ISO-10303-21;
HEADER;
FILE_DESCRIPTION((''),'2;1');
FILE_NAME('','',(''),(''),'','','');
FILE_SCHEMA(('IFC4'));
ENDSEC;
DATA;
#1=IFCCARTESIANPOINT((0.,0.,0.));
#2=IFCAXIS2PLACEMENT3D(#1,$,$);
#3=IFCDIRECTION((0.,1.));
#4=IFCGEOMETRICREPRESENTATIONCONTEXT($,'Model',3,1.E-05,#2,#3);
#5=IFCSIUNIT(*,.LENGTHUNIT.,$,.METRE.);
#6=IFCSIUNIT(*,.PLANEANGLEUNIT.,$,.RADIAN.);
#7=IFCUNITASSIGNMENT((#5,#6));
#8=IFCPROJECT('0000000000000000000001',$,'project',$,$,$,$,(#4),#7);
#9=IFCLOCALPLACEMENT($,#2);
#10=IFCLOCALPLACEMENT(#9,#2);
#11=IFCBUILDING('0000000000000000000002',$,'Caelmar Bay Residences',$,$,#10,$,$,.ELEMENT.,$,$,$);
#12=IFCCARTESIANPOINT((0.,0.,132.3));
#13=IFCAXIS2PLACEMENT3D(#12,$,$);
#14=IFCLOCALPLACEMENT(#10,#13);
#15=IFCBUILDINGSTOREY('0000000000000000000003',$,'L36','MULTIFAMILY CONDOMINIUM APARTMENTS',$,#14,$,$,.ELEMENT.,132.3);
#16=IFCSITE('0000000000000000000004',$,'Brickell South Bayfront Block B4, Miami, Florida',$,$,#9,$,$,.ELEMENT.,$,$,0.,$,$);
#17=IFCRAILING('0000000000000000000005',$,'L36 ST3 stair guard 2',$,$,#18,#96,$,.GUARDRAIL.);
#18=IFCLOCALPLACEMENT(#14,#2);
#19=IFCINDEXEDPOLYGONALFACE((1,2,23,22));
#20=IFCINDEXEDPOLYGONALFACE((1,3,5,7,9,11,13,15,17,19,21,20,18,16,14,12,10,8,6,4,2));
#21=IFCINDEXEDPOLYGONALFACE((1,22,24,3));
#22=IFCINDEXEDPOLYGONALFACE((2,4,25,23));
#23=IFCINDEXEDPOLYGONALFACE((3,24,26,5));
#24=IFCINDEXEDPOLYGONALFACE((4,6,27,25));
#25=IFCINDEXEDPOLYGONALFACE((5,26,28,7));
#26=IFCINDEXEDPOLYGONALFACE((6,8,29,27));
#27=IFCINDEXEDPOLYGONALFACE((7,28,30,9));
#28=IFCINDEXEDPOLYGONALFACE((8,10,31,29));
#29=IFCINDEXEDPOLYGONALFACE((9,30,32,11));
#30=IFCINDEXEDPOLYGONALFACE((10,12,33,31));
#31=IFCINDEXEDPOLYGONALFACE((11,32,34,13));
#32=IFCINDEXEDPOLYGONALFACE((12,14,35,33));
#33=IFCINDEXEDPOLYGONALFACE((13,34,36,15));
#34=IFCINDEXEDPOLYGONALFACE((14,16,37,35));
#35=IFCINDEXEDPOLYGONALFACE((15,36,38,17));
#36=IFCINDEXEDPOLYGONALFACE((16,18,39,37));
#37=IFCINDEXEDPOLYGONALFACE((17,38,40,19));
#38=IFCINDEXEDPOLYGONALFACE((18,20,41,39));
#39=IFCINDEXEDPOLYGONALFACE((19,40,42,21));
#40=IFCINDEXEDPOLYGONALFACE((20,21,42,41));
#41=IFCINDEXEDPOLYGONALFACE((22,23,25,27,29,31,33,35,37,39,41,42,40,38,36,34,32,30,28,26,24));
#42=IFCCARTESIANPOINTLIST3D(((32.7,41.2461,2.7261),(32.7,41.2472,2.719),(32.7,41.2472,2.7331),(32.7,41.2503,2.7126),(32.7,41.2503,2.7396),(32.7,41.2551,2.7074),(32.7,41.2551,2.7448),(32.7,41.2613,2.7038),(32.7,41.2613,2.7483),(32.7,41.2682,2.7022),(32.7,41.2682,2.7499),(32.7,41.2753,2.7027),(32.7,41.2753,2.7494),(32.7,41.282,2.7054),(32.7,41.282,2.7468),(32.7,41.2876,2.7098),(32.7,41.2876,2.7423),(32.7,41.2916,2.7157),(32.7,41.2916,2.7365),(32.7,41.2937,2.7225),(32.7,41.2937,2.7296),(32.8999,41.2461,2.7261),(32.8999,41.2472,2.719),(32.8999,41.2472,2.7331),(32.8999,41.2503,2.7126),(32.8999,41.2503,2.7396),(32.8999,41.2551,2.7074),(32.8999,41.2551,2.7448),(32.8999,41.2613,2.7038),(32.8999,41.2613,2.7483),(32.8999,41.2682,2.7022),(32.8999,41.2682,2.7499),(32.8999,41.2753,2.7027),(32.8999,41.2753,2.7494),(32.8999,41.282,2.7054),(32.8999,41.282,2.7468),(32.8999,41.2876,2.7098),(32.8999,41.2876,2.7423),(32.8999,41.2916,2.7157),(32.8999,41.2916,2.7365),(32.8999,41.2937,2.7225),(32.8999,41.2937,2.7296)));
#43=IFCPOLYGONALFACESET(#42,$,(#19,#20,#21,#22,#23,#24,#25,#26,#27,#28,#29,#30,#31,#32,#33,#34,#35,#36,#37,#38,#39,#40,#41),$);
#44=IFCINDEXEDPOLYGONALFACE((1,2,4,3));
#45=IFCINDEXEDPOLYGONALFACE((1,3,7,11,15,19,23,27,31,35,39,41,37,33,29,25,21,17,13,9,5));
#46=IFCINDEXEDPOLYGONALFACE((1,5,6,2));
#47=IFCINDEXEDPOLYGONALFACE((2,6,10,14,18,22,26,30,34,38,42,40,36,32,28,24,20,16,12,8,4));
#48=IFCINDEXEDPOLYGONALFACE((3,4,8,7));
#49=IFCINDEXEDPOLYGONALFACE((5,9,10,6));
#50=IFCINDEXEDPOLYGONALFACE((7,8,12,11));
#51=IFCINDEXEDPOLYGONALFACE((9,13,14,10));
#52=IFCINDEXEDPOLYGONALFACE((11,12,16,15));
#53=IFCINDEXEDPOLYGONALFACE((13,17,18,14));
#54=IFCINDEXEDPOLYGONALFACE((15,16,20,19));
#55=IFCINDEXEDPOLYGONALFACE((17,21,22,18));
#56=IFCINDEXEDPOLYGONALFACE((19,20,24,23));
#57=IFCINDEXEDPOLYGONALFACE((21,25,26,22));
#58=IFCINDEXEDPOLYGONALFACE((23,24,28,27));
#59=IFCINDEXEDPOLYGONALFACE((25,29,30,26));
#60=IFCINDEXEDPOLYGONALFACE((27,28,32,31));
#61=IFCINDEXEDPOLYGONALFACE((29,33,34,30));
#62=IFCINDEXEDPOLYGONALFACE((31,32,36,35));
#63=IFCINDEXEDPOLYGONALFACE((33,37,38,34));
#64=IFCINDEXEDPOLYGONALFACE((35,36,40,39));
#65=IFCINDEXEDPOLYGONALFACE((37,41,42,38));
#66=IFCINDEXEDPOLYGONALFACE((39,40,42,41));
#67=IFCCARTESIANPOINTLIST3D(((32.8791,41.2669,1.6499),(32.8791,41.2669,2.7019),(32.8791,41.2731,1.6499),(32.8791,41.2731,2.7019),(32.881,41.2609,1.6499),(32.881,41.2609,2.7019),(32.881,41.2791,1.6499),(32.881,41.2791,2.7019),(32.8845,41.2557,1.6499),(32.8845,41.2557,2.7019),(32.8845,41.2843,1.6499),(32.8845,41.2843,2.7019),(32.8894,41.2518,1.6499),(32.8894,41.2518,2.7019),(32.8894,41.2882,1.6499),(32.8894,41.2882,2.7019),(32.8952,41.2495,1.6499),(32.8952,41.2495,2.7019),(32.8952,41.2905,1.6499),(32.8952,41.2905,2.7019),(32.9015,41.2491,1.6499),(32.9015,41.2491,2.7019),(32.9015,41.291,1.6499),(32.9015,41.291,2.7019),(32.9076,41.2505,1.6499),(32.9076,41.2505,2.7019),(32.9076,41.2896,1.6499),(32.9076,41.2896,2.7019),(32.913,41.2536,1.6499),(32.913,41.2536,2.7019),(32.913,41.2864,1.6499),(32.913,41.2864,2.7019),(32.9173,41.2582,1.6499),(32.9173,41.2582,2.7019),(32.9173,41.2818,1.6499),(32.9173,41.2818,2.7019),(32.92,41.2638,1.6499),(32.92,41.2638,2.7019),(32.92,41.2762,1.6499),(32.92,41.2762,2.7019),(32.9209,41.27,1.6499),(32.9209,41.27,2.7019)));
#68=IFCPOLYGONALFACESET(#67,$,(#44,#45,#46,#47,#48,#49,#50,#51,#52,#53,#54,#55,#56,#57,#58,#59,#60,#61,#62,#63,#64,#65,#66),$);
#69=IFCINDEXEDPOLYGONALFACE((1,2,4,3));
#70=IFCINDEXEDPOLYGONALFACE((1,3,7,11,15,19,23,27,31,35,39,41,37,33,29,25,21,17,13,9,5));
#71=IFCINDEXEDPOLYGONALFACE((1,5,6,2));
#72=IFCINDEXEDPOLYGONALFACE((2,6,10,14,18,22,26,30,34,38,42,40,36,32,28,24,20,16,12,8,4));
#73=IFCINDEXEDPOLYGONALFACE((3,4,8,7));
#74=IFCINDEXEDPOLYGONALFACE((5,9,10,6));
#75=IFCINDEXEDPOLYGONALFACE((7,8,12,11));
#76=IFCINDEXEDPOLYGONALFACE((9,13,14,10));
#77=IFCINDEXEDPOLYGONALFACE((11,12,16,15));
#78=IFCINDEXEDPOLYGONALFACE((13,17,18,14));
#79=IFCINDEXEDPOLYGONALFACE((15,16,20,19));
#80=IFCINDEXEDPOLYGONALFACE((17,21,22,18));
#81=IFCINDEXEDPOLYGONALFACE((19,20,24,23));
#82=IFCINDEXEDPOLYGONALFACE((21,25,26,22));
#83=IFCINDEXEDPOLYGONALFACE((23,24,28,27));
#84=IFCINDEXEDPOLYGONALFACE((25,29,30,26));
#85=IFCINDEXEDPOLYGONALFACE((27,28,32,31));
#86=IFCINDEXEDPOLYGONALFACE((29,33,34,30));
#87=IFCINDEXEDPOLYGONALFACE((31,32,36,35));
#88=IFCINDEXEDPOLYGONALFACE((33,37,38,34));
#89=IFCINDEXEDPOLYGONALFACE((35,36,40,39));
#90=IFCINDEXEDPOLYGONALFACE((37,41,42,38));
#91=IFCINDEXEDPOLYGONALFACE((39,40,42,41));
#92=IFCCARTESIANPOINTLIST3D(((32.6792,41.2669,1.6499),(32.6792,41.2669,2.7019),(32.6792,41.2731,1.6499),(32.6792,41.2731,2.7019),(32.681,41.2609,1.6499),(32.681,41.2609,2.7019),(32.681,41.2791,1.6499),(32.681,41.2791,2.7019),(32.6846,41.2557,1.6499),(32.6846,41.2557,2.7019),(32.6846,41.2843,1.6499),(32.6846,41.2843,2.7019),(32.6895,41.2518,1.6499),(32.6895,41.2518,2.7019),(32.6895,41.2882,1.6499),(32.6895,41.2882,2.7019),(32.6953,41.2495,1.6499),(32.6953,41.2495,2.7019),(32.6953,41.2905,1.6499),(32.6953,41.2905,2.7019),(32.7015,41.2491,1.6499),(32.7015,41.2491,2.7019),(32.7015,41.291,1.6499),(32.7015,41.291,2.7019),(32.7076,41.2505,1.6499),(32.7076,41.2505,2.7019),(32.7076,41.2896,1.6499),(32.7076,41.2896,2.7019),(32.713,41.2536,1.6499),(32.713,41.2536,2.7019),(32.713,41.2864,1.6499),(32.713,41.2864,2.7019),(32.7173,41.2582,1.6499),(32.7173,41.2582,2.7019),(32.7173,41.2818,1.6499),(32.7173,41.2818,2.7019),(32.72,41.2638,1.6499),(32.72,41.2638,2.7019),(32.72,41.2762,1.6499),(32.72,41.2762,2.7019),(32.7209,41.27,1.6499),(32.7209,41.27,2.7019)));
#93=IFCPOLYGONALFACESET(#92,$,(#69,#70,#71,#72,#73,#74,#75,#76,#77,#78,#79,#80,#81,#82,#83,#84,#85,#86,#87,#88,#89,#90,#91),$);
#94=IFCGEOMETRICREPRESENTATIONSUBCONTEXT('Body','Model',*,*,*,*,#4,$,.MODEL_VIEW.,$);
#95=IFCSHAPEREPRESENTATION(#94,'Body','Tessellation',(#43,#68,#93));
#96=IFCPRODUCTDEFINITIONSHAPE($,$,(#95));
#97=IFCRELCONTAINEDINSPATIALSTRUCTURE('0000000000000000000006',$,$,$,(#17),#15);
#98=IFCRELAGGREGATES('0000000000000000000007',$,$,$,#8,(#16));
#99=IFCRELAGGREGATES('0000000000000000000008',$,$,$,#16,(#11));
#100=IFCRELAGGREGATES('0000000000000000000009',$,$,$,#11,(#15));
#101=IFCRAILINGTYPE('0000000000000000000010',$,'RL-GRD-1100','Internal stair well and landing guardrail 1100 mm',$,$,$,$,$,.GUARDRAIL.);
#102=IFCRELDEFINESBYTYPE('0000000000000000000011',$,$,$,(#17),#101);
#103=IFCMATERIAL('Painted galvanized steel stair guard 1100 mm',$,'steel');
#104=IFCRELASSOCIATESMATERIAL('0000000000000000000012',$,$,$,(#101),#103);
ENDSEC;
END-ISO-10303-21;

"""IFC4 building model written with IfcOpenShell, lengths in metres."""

from ifc_helpers import new_model, si_unit, direction, frame, origin, origin_2d, place, context, subcontext, project, spatial, circle, extrude, material, type_object, element, save


model = new_model("IFC4")

# Units and contexts
model_context = context("Model", 3, precision=1e-05, world=origin(), true_north=direction((0.0, 1.0)))
body_context = subcontext(model_context, "Body", "Model", "MODEL_VIEW")
ifc_project = project(units=[si_unit("LENGTHUNIT", "METRE"), si_unit("PLANEANGLEUNIT", "RADIAN")], contexts=[model_context])

# Site, building, storey
site_placement = place(None, origin())
site = spatial("IfcSite", under=ifc_project, at=site_placement, Name="Brickell South Bayfront Block B4, Miami, Florida", CompositionType="ELEMENT", RefElevation=0.0)
building_placement = place(site_placement, origin())
building = spatial("IfcBuilding", under=site, at=building_placement, Name="Caelmar Bay Residences", CompositionType="ELEMENT")
storey_placement = place(building_placement, frame((0.0, 0.0, 132.3)))
storey = spatial("IfcBuildingStorey", under=building, at=storey_placement, Name="L36", Description="MULTIFAMILY CONDOMINIUM APARTMENTS", CompositionType="ELEMENT", Elevation=132.3)

# Railing
ifc_material_1 = material(Name="Painted galvanized steel stair guard 1100 mm", Category="steel")
railing_type_1 = type_object("IfcRailingType", Name="RL-GRD-1100", Description="Internal stair well and landing guardrail 1100 mm", PredefinedType="GUARDRAIL", material=ifc_material_1)
railing_1_placement = place(storey_placement, frame((32.8999, 41.27, 1.6499)))
element("IfcRailing", 1, at=railing_1_placement, inside=storey, type_object=railing_type_1, Name="L36 ST3 stair guard 2", PredefinedType="GUARDRAIL", context=body_context, shape_type="SweptSolid", body=[
    extrude(circle(Radius=0.0239, at=origin_2d()), frame((0.0, 0.0, 1.0762), z_axis=(-1.0, 0.0, 0.0), x_axis=(0.0, -1.0, 0.0)), (0.0, 0.0, 1.0), 0.2),
    extrude(circle(Radius=0.021, at=origin_2d()), origin(), (0.0, 0.0, 1.0), 1.052),
    extrude(circle(Radius=0.021, at=origin_2d()), frame((-0.2, 0.0, 0.0)), (0.0, 0.0, 1.0), 1.052),
])

save(model, "model.ifc")
